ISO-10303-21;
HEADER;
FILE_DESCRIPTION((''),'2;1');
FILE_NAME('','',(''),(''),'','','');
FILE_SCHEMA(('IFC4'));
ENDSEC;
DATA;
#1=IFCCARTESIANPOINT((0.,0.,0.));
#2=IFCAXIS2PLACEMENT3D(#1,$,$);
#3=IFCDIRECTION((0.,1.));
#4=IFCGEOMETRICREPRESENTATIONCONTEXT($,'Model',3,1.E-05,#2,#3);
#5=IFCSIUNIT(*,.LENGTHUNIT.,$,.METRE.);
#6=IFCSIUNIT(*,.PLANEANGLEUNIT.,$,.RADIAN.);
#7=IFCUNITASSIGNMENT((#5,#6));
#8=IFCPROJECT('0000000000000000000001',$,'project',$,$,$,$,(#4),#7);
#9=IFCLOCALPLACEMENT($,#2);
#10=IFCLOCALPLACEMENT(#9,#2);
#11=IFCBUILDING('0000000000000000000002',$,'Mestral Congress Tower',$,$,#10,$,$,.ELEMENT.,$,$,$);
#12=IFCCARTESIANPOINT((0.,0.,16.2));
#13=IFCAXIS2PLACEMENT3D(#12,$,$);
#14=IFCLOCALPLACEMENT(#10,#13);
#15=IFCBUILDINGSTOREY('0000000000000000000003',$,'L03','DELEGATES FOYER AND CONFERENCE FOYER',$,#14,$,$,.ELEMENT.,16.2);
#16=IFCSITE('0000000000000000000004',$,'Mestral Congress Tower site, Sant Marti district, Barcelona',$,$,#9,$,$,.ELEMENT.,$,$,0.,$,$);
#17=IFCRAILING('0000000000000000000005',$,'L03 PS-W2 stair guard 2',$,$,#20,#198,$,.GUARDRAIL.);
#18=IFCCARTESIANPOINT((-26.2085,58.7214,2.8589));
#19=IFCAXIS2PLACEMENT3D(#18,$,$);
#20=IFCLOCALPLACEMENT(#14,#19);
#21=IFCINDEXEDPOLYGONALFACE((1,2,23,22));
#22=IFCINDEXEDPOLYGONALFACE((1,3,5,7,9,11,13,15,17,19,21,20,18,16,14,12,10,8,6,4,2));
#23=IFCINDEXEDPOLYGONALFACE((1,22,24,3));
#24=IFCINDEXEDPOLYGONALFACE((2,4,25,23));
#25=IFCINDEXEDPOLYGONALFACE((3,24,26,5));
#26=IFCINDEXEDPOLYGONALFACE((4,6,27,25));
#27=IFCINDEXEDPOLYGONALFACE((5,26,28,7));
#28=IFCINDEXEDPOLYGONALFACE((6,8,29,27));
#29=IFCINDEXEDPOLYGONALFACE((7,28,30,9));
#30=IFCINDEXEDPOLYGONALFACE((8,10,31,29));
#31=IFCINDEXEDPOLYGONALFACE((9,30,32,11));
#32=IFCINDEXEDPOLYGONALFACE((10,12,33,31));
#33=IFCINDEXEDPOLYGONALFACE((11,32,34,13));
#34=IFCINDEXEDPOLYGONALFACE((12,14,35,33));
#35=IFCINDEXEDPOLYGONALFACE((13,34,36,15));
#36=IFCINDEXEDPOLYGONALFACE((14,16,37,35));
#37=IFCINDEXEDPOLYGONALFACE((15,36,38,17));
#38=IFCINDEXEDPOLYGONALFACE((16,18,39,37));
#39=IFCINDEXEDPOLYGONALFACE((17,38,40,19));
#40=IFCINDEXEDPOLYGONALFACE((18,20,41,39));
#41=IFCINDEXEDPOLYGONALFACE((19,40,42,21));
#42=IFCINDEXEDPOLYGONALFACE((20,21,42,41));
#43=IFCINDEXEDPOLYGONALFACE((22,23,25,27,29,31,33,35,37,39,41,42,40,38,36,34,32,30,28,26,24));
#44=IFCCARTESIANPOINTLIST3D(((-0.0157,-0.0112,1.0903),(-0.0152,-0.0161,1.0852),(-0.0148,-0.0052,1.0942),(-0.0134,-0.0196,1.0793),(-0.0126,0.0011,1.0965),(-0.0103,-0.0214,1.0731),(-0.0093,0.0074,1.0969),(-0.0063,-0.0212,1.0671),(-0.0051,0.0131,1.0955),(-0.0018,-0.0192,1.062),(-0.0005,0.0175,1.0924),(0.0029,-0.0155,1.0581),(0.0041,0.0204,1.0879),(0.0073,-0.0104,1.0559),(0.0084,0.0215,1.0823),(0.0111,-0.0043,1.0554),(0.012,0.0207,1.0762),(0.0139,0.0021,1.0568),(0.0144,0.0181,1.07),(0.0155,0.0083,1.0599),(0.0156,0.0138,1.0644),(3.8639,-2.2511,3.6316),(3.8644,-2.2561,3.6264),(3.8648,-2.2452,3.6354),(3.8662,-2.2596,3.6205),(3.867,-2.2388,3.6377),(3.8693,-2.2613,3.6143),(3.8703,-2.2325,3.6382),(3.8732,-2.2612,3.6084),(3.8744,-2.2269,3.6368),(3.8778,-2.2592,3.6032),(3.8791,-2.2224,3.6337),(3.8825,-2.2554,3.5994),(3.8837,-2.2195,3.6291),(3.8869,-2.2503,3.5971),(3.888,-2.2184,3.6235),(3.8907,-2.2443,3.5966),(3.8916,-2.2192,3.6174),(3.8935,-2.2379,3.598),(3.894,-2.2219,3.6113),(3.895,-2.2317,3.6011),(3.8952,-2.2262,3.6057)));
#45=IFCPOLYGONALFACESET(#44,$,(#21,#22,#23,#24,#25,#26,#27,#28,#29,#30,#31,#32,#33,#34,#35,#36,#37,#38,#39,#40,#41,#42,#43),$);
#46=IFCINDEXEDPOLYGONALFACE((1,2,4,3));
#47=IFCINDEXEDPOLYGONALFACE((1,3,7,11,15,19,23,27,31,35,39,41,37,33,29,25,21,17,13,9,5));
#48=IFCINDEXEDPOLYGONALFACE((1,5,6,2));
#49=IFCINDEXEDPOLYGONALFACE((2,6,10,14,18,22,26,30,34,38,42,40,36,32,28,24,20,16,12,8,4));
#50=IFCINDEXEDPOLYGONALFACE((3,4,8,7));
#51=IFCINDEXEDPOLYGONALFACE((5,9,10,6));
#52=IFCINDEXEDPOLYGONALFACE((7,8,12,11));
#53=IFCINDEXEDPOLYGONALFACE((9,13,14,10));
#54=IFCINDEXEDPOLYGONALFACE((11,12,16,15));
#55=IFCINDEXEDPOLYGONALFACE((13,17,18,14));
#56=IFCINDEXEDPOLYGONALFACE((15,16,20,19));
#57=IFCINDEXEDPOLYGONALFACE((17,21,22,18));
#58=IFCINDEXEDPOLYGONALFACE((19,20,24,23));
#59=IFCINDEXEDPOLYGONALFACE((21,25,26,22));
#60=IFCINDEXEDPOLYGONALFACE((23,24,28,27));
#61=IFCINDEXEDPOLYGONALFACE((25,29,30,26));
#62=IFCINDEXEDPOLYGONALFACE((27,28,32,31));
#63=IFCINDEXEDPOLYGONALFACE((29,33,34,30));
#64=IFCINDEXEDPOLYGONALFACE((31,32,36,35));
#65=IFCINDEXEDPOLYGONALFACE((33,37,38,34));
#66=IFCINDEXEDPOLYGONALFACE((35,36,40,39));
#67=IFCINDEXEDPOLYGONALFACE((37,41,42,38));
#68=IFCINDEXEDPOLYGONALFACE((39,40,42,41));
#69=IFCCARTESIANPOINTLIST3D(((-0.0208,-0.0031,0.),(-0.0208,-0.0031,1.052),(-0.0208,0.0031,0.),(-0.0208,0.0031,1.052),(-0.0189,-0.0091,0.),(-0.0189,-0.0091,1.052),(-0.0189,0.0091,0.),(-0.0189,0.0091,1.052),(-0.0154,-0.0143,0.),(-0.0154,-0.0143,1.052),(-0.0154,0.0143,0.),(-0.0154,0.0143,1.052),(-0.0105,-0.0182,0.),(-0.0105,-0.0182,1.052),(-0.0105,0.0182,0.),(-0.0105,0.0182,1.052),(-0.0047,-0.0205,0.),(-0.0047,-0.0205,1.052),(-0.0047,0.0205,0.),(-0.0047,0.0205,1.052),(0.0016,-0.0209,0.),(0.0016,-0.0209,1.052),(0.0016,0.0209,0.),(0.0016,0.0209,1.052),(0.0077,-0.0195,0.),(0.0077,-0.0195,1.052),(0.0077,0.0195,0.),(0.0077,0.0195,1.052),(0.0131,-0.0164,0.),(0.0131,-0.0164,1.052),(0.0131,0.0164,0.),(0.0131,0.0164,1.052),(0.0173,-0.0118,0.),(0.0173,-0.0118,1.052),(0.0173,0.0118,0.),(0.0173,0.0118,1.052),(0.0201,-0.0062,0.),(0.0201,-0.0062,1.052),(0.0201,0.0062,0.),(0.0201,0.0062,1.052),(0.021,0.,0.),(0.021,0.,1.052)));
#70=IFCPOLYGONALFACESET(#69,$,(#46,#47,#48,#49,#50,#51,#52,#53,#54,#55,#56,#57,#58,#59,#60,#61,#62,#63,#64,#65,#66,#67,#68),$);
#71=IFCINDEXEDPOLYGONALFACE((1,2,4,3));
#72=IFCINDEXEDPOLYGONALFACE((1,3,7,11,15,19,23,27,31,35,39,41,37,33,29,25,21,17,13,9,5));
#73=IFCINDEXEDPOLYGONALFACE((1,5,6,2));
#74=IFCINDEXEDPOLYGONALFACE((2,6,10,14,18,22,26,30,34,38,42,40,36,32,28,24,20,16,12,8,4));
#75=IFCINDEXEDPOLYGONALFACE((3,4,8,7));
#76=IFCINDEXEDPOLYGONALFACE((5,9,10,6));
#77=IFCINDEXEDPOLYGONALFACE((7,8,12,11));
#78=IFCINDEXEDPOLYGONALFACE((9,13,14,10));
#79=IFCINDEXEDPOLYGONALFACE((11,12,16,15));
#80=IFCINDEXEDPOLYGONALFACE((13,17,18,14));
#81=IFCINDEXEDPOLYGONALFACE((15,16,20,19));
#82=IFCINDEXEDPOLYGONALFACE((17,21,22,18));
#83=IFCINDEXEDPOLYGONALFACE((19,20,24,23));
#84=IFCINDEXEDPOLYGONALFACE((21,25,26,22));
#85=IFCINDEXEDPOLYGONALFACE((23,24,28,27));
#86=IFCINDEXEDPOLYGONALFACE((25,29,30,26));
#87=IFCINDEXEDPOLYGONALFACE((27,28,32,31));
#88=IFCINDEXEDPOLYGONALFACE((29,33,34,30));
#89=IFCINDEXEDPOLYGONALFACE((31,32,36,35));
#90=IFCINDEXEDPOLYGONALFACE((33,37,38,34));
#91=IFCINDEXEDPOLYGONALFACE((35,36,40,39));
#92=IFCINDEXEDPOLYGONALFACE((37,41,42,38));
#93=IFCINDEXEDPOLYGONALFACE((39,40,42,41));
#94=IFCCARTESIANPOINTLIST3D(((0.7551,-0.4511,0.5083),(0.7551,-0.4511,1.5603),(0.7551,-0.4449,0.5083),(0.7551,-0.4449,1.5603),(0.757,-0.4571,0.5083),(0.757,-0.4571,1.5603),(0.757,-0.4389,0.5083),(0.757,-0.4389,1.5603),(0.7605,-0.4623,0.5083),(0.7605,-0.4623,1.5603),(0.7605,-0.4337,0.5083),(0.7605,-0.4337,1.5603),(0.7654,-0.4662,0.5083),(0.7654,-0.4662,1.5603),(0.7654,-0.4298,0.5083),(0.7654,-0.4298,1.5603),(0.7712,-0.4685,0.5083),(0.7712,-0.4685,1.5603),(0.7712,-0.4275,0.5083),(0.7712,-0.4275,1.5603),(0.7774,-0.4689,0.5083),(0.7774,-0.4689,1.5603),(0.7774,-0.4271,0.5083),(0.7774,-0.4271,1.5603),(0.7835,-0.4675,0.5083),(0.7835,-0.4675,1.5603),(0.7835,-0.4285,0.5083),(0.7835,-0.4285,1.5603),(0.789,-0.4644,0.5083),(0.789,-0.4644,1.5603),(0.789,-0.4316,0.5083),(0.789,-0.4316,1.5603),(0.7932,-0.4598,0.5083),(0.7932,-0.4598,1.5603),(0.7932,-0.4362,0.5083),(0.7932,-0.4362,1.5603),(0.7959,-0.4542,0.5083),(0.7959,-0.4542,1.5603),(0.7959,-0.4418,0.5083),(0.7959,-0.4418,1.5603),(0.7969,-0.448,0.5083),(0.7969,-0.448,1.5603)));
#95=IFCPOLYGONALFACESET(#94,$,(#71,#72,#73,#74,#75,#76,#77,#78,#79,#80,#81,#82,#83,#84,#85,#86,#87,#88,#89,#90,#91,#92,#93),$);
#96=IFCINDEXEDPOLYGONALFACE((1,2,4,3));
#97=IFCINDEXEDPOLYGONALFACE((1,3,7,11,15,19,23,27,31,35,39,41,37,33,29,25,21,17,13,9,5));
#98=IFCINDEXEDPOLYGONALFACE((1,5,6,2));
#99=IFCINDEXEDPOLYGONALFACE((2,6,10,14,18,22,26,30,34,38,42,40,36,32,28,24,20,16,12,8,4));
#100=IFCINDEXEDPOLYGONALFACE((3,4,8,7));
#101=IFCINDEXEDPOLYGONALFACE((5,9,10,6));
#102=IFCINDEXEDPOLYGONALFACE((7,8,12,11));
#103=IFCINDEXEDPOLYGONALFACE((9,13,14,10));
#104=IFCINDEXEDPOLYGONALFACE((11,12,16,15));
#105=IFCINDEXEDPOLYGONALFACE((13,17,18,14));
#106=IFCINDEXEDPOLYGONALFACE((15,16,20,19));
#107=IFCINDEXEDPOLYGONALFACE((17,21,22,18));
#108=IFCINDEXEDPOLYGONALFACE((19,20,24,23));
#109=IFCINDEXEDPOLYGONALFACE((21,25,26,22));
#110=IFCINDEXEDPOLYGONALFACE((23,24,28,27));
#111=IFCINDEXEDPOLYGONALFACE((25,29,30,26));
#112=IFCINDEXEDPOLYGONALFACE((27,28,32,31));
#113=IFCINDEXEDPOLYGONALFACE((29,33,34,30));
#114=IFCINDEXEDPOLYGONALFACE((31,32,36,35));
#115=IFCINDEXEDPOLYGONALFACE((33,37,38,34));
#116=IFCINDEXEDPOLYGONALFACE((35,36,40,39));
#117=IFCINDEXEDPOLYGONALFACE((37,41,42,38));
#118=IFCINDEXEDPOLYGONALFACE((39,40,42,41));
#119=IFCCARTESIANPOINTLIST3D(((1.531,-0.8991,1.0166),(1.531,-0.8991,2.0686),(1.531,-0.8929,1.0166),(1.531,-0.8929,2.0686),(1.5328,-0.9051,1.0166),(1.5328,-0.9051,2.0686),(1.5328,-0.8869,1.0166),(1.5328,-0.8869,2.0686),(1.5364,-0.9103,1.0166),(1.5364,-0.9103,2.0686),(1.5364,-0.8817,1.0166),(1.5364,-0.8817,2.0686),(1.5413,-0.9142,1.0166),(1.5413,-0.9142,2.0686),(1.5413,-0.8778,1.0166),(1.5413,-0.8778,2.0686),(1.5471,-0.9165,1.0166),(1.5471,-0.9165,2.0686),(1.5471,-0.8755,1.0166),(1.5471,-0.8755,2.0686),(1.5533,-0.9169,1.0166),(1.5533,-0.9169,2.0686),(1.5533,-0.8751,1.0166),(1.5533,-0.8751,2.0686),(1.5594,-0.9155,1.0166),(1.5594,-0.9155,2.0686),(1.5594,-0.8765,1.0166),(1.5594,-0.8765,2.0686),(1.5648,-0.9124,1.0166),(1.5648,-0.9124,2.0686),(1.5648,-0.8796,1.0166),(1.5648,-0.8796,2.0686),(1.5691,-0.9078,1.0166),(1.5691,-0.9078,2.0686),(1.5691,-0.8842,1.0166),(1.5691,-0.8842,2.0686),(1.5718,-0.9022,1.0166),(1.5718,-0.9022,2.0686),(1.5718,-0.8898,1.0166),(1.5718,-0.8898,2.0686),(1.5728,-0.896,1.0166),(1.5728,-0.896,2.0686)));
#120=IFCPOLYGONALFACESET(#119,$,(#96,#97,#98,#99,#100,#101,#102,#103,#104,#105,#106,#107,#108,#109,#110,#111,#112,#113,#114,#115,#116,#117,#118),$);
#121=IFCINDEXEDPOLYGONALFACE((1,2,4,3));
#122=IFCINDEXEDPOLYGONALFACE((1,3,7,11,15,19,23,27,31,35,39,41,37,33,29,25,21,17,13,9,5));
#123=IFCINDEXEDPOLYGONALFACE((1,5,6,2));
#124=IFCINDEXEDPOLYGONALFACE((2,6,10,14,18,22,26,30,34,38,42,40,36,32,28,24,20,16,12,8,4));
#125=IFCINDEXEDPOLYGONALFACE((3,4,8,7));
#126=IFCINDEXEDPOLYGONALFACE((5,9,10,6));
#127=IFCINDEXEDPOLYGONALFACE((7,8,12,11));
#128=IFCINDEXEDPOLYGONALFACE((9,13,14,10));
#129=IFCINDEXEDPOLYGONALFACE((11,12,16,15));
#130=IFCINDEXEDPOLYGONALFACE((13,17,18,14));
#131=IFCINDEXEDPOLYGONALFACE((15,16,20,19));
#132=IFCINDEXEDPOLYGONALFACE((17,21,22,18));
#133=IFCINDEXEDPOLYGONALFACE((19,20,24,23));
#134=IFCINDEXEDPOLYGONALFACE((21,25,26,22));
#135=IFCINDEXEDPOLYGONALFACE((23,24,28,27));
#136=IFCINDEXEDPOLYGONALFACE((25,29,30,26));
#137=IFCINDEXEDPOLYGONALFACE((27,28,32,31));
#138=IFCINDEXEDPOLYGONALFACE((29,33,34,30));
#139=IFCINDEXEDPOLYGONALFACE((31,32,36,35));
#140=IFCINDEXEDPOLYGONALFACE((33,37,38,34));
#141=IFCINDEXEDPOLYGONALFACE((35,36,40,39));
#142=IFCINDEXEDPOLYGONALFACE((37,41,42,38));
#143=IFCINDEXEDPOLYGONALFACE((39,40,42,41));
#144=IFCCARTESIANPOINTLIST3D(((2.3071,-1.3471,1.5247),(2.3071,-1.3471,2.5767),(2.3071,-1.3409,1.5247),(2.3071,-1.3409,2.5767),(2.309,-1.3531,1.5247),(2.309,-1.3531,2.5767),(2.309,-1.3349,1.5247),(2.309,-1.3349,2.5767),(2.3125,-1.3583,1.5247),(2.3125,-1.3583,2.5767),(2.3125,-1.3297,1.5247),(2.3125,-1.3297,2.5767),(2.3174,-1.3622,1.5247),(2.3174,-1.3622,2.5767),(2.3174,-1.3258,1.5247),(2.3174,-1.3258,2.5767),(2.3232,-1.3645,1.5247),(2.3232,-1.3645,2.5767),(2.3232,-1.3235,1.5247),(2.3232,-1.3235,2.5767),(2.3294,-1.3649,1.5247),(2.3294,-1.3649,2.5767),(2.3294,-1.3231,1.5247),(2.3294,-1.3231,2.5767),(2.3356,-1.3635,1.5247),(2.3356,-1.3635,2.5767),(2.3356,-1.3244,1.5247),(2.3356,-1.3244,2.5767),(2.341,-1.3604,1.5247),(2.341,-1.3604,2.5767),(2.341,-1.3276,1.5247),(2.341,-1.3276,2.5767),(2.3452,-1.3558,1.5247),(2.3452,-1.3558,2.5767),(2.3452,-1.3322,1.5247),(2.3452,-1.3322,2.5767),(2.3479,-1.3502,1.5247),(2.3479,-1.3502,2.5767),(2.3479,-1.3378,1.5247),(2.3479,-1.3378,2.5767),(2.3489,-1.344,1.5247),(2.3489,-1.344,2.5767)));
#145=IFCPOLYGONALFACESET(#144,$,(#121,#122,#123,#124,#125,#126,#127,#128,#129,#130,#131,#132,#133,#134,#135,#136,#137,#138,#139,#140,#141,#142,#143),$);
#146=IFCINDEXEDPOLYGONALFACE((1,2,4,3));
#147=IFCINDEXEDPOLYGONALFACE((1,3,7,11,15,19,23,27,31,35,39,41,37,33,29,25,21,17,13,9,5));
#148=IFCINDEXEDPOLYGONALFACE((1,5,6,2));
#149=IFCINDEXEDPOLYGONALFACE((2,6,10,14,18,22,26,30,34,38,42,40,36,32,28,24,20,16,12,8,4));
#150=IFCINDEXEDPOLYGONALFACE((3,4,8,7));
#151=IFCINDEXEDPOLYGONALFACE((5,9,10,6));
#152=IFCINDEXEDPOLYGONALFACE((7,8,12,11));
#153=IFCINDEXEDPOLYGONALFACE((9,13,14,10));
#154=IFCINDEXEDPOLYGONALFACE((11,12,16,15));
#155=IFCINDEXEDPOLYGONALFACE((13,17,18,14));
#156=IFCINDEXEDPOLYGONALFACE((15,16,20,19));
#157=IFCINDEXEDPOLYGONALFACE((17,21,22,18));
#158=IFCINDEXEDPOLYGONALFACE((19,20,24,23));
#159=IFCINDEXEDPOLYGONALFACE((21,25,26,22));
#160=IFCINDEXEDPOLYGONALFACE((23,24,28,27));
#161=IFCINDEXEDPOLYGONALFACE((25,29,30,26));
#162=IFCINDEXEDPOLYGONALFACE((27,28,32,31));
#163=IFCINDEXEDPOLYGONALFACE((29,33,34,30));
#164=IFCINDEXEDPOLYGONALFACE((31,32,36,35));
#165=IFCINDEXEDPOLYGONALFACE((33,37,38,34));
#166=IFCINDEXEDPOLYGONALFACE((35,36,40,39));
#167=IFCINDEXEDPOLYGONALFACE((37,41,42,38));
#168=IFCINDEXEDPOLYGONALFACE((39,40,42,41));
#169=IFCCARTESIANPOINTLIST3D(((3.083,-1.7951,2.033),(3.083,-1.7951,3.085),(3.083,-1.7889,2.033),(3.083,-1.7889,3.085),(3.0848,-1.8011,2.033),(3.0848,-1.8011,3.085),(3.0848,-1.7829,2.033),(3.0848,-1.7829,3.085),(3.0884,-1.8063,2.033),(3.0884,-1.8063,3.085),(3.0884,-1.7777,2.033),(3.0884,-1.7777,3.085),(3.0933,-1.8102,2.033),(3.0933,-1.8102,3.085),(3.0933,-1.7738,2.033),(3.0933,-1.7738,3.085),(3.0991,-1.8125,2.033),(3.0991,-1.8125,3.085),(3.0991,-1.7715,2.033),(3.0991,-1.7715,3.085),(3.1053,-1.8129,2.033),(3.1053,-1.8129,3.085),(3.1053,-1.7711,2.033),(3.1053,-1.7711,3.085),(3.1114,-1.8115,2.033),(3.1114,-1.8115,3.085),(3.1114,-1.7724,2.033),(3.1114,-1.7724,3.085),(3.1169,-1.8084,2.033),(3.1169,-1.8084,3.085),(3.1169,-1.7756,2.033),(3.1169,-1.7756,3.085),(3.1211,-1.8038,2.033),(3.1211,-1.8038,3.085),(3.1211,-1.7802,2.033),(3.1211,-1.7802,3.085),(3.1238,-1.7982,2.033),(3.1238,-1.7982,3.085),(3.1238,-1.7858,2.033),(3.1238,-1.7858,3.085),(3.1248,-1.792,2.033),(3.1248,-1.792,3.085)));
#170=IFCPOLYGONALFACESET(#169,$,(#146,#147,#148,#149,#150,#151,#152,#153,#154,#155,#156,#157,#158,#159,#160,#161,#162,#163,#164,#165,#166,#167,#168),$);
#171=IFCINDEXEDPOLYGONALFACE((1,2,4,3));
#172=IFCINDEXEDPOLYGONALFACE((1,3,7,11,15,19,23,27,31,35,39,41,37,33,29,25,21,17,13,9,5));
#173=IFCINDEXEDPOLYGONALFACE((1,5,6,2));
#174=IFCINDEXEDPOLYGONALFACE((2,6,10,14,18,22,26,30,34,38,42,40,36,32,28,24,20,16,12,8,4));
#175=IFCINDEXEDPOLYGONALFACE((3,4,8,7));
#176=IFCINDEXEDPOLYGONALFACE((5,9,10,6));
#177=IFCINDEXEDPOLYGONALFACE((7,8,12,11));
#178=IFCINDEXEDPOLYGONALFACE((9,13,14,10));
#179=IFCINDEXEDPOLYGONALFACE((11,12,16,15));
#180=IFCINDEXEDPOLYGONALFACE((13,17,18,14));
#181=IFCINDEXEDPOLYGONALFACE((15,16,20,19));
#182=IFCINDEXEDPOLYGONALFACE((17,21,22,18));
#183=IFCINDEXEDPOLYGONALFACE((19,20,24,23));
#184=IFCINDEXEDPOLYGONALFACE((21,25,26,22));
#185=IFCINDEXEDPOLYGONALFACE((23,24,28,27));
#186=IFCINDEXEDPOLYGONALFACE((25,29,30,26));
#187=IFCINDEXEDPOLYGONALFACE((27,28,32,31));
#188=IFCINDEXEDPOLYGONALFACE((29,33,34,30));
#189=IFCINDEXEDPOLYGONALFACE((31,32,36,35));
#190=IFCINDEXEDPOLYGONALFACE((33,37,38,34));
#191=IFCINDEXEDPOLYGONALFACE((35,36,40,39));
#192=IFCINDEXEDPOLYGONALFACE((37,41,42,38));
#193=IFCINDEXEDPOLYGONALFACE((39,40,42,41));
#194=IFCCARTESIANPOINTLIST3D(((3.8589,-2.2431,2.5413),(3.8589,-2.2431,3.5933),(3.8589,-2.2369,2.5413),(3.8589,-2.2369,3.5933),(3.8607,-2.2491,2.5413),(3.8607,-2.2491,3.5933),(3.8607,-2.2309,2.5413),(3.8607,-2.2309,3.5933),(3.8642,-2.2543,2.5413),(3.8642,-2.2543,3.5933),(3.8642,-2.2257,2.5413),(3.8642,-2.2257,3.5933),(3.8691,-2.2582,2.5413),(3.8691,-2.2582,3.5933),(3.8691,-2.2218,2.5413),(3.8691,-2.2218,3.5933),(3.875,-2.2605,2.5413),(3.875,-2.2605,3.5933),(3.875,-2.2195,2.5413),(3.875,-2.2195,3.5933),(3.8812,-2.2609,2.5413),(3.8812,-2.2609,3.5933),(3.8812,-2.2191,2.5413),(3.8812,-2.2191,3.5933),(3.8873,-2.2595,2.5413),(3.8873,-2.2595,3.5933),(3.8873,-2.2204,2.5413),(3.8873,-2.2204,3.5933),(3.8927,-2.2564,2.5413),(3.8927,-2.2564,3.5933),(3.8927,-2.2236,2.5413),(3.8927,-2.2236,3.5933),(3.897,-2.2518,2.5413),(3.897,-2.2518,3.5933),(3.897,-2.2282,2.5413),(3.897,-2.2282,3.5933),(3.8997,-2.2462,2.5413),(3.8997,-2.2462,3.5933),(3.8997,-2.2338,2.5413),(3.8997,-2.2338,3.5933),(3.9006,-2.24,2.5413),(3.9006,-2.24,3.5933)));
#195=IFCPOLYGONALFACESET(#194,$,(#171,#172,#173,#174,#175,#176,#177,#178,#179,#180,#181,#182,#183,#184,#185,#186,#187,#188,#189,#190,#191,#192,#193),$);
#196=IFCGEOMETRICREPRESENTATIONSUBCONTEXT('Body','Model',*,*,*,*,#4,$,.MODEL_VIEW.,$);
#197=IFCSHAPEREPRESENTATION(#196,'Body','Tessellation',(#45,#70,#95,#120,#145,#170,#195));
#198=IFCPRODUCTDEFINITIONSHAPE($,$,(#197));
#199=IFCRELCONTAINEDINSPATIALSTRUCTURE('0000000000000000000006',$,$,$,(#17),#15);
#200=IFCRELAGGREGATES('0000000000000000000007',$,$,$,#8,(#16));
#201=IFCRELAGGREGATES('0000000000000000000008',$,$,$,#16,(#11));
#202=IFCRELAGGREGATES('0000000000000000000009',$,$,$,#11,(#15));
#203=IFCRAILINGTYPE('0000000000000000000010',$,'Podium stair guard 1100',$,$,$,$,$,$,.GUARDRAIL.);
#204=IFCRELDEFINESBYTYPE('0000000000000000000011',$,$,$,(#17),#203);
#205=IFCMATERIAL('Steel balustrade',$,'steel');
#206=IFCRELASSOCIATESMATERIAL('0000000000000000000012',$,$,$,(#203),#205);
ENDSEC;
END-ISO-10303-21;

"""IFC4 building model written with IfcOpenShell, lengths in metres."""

from ifc_helpers import new_model, si_unit, direction, frame, origin, origin_2d, place, context, subcontext, project, spatial, circle, extrude, material, type_object, element, save


model = new_model("IFC4")

# Units and contexts
model_context = context("Model", 3, precision=1e-05, world=origin(), true_north=direction((0.0, 1.0)))
body_context = subcontext(model_context, "Body", "Model", "MODEL_VIEW")
ifc_project = project(units=[si_unit("LENGTHUNIT", "METRE"), si_unit("PLANEANGLEUNIT", "RADIAN")], contexts=[model_context])

# Site, building, storey
site_placement = place(None, origin())
site = spatial("IfcSite", under=ifc_project, at=site_placement, Name="Mestral Congress Tower site, Sant Marti district, Barcelona", CompositionType="ELEMENT", RefElevation=0.0)
building_placement = place(site_placement, origin())
building = spatial("IfcBuilding", under=site, at=building_placement, Name="Mestral Congress Tower", CompositionType="ELEMENT")
storey_placement = place(building_placement, frame((0.0, 0.0, 16.2)))
storey = spatial("IfcBuildingStorey", under=building, at=storey_placement, Name="L03", Description="DELEGATES FOYER AND CONFERENCE FOYER", CompositionType="ELEMENT", Elevation=16.2)

# Railing
ifc_material_1 = material(Name="Steel balustrade", Category="steel")
railing_type_1 = type_object("IfcRailingType", Name="Podium stair guard 1100", PredefinedType="GUARDRAIL", material=ifc_material_1)
railing_1_placement = place(storey_placement, frame((-26.2085, 58.7214, 2.8589)))
element("IfcRailing", 1, at=railing_1_placement, inside=storey, type_object=railing_type_1, Name="L03 PS-W2 stair guard 2", PredefinedType="GUARDRAIL", context=body_context, shape_type="SweptSolid", body=[
    extrude(circle(Radius=0.0239, at=origin_2d()), frame((0.0, 0.0, 1.0762), z_axis=(0.753262, -0.434911, 0.493405), x_axis=(0.500013, 0.866018, 0.0)), (0.0, 0.0, 1.0), 5.1504),
    extrude(circle(Radius=0.021, at=origin_2d()), origin(), (0.0, 0.0, 1.0), 1.052),
    extrude(circle(Radius=0.021, at=origin_2d()), frame((0.7759, -0.448, 0.5083)), (0.0, 0.0, 1.0), 1.052),
    extrude(circle(Radius=0.021, at=origin_2d()), frame((1.5518, -0.896, 1.0166)), (0.0, 0.0, 1.0), 1.052),
    extrude(circle(Radius=0.021, at=origin_2d()), frame((2.3279, -1.344, 1.5247)), (0.0, 0.0, 1.0), 1.052),
    extrude(circle(Radius=0.021, at=origin_2d()), frame((3.1038, -1.792, 2.033)), (0.0, 0.0, 1.0), 1.052),
    extrude(circle(Radius=0.021, at=origin_2d()), frame((3.8796, -2.24, 2.5413)), (0.0, 0.0, 1.0), 1.052),
])

save(model, "model.ifc")
